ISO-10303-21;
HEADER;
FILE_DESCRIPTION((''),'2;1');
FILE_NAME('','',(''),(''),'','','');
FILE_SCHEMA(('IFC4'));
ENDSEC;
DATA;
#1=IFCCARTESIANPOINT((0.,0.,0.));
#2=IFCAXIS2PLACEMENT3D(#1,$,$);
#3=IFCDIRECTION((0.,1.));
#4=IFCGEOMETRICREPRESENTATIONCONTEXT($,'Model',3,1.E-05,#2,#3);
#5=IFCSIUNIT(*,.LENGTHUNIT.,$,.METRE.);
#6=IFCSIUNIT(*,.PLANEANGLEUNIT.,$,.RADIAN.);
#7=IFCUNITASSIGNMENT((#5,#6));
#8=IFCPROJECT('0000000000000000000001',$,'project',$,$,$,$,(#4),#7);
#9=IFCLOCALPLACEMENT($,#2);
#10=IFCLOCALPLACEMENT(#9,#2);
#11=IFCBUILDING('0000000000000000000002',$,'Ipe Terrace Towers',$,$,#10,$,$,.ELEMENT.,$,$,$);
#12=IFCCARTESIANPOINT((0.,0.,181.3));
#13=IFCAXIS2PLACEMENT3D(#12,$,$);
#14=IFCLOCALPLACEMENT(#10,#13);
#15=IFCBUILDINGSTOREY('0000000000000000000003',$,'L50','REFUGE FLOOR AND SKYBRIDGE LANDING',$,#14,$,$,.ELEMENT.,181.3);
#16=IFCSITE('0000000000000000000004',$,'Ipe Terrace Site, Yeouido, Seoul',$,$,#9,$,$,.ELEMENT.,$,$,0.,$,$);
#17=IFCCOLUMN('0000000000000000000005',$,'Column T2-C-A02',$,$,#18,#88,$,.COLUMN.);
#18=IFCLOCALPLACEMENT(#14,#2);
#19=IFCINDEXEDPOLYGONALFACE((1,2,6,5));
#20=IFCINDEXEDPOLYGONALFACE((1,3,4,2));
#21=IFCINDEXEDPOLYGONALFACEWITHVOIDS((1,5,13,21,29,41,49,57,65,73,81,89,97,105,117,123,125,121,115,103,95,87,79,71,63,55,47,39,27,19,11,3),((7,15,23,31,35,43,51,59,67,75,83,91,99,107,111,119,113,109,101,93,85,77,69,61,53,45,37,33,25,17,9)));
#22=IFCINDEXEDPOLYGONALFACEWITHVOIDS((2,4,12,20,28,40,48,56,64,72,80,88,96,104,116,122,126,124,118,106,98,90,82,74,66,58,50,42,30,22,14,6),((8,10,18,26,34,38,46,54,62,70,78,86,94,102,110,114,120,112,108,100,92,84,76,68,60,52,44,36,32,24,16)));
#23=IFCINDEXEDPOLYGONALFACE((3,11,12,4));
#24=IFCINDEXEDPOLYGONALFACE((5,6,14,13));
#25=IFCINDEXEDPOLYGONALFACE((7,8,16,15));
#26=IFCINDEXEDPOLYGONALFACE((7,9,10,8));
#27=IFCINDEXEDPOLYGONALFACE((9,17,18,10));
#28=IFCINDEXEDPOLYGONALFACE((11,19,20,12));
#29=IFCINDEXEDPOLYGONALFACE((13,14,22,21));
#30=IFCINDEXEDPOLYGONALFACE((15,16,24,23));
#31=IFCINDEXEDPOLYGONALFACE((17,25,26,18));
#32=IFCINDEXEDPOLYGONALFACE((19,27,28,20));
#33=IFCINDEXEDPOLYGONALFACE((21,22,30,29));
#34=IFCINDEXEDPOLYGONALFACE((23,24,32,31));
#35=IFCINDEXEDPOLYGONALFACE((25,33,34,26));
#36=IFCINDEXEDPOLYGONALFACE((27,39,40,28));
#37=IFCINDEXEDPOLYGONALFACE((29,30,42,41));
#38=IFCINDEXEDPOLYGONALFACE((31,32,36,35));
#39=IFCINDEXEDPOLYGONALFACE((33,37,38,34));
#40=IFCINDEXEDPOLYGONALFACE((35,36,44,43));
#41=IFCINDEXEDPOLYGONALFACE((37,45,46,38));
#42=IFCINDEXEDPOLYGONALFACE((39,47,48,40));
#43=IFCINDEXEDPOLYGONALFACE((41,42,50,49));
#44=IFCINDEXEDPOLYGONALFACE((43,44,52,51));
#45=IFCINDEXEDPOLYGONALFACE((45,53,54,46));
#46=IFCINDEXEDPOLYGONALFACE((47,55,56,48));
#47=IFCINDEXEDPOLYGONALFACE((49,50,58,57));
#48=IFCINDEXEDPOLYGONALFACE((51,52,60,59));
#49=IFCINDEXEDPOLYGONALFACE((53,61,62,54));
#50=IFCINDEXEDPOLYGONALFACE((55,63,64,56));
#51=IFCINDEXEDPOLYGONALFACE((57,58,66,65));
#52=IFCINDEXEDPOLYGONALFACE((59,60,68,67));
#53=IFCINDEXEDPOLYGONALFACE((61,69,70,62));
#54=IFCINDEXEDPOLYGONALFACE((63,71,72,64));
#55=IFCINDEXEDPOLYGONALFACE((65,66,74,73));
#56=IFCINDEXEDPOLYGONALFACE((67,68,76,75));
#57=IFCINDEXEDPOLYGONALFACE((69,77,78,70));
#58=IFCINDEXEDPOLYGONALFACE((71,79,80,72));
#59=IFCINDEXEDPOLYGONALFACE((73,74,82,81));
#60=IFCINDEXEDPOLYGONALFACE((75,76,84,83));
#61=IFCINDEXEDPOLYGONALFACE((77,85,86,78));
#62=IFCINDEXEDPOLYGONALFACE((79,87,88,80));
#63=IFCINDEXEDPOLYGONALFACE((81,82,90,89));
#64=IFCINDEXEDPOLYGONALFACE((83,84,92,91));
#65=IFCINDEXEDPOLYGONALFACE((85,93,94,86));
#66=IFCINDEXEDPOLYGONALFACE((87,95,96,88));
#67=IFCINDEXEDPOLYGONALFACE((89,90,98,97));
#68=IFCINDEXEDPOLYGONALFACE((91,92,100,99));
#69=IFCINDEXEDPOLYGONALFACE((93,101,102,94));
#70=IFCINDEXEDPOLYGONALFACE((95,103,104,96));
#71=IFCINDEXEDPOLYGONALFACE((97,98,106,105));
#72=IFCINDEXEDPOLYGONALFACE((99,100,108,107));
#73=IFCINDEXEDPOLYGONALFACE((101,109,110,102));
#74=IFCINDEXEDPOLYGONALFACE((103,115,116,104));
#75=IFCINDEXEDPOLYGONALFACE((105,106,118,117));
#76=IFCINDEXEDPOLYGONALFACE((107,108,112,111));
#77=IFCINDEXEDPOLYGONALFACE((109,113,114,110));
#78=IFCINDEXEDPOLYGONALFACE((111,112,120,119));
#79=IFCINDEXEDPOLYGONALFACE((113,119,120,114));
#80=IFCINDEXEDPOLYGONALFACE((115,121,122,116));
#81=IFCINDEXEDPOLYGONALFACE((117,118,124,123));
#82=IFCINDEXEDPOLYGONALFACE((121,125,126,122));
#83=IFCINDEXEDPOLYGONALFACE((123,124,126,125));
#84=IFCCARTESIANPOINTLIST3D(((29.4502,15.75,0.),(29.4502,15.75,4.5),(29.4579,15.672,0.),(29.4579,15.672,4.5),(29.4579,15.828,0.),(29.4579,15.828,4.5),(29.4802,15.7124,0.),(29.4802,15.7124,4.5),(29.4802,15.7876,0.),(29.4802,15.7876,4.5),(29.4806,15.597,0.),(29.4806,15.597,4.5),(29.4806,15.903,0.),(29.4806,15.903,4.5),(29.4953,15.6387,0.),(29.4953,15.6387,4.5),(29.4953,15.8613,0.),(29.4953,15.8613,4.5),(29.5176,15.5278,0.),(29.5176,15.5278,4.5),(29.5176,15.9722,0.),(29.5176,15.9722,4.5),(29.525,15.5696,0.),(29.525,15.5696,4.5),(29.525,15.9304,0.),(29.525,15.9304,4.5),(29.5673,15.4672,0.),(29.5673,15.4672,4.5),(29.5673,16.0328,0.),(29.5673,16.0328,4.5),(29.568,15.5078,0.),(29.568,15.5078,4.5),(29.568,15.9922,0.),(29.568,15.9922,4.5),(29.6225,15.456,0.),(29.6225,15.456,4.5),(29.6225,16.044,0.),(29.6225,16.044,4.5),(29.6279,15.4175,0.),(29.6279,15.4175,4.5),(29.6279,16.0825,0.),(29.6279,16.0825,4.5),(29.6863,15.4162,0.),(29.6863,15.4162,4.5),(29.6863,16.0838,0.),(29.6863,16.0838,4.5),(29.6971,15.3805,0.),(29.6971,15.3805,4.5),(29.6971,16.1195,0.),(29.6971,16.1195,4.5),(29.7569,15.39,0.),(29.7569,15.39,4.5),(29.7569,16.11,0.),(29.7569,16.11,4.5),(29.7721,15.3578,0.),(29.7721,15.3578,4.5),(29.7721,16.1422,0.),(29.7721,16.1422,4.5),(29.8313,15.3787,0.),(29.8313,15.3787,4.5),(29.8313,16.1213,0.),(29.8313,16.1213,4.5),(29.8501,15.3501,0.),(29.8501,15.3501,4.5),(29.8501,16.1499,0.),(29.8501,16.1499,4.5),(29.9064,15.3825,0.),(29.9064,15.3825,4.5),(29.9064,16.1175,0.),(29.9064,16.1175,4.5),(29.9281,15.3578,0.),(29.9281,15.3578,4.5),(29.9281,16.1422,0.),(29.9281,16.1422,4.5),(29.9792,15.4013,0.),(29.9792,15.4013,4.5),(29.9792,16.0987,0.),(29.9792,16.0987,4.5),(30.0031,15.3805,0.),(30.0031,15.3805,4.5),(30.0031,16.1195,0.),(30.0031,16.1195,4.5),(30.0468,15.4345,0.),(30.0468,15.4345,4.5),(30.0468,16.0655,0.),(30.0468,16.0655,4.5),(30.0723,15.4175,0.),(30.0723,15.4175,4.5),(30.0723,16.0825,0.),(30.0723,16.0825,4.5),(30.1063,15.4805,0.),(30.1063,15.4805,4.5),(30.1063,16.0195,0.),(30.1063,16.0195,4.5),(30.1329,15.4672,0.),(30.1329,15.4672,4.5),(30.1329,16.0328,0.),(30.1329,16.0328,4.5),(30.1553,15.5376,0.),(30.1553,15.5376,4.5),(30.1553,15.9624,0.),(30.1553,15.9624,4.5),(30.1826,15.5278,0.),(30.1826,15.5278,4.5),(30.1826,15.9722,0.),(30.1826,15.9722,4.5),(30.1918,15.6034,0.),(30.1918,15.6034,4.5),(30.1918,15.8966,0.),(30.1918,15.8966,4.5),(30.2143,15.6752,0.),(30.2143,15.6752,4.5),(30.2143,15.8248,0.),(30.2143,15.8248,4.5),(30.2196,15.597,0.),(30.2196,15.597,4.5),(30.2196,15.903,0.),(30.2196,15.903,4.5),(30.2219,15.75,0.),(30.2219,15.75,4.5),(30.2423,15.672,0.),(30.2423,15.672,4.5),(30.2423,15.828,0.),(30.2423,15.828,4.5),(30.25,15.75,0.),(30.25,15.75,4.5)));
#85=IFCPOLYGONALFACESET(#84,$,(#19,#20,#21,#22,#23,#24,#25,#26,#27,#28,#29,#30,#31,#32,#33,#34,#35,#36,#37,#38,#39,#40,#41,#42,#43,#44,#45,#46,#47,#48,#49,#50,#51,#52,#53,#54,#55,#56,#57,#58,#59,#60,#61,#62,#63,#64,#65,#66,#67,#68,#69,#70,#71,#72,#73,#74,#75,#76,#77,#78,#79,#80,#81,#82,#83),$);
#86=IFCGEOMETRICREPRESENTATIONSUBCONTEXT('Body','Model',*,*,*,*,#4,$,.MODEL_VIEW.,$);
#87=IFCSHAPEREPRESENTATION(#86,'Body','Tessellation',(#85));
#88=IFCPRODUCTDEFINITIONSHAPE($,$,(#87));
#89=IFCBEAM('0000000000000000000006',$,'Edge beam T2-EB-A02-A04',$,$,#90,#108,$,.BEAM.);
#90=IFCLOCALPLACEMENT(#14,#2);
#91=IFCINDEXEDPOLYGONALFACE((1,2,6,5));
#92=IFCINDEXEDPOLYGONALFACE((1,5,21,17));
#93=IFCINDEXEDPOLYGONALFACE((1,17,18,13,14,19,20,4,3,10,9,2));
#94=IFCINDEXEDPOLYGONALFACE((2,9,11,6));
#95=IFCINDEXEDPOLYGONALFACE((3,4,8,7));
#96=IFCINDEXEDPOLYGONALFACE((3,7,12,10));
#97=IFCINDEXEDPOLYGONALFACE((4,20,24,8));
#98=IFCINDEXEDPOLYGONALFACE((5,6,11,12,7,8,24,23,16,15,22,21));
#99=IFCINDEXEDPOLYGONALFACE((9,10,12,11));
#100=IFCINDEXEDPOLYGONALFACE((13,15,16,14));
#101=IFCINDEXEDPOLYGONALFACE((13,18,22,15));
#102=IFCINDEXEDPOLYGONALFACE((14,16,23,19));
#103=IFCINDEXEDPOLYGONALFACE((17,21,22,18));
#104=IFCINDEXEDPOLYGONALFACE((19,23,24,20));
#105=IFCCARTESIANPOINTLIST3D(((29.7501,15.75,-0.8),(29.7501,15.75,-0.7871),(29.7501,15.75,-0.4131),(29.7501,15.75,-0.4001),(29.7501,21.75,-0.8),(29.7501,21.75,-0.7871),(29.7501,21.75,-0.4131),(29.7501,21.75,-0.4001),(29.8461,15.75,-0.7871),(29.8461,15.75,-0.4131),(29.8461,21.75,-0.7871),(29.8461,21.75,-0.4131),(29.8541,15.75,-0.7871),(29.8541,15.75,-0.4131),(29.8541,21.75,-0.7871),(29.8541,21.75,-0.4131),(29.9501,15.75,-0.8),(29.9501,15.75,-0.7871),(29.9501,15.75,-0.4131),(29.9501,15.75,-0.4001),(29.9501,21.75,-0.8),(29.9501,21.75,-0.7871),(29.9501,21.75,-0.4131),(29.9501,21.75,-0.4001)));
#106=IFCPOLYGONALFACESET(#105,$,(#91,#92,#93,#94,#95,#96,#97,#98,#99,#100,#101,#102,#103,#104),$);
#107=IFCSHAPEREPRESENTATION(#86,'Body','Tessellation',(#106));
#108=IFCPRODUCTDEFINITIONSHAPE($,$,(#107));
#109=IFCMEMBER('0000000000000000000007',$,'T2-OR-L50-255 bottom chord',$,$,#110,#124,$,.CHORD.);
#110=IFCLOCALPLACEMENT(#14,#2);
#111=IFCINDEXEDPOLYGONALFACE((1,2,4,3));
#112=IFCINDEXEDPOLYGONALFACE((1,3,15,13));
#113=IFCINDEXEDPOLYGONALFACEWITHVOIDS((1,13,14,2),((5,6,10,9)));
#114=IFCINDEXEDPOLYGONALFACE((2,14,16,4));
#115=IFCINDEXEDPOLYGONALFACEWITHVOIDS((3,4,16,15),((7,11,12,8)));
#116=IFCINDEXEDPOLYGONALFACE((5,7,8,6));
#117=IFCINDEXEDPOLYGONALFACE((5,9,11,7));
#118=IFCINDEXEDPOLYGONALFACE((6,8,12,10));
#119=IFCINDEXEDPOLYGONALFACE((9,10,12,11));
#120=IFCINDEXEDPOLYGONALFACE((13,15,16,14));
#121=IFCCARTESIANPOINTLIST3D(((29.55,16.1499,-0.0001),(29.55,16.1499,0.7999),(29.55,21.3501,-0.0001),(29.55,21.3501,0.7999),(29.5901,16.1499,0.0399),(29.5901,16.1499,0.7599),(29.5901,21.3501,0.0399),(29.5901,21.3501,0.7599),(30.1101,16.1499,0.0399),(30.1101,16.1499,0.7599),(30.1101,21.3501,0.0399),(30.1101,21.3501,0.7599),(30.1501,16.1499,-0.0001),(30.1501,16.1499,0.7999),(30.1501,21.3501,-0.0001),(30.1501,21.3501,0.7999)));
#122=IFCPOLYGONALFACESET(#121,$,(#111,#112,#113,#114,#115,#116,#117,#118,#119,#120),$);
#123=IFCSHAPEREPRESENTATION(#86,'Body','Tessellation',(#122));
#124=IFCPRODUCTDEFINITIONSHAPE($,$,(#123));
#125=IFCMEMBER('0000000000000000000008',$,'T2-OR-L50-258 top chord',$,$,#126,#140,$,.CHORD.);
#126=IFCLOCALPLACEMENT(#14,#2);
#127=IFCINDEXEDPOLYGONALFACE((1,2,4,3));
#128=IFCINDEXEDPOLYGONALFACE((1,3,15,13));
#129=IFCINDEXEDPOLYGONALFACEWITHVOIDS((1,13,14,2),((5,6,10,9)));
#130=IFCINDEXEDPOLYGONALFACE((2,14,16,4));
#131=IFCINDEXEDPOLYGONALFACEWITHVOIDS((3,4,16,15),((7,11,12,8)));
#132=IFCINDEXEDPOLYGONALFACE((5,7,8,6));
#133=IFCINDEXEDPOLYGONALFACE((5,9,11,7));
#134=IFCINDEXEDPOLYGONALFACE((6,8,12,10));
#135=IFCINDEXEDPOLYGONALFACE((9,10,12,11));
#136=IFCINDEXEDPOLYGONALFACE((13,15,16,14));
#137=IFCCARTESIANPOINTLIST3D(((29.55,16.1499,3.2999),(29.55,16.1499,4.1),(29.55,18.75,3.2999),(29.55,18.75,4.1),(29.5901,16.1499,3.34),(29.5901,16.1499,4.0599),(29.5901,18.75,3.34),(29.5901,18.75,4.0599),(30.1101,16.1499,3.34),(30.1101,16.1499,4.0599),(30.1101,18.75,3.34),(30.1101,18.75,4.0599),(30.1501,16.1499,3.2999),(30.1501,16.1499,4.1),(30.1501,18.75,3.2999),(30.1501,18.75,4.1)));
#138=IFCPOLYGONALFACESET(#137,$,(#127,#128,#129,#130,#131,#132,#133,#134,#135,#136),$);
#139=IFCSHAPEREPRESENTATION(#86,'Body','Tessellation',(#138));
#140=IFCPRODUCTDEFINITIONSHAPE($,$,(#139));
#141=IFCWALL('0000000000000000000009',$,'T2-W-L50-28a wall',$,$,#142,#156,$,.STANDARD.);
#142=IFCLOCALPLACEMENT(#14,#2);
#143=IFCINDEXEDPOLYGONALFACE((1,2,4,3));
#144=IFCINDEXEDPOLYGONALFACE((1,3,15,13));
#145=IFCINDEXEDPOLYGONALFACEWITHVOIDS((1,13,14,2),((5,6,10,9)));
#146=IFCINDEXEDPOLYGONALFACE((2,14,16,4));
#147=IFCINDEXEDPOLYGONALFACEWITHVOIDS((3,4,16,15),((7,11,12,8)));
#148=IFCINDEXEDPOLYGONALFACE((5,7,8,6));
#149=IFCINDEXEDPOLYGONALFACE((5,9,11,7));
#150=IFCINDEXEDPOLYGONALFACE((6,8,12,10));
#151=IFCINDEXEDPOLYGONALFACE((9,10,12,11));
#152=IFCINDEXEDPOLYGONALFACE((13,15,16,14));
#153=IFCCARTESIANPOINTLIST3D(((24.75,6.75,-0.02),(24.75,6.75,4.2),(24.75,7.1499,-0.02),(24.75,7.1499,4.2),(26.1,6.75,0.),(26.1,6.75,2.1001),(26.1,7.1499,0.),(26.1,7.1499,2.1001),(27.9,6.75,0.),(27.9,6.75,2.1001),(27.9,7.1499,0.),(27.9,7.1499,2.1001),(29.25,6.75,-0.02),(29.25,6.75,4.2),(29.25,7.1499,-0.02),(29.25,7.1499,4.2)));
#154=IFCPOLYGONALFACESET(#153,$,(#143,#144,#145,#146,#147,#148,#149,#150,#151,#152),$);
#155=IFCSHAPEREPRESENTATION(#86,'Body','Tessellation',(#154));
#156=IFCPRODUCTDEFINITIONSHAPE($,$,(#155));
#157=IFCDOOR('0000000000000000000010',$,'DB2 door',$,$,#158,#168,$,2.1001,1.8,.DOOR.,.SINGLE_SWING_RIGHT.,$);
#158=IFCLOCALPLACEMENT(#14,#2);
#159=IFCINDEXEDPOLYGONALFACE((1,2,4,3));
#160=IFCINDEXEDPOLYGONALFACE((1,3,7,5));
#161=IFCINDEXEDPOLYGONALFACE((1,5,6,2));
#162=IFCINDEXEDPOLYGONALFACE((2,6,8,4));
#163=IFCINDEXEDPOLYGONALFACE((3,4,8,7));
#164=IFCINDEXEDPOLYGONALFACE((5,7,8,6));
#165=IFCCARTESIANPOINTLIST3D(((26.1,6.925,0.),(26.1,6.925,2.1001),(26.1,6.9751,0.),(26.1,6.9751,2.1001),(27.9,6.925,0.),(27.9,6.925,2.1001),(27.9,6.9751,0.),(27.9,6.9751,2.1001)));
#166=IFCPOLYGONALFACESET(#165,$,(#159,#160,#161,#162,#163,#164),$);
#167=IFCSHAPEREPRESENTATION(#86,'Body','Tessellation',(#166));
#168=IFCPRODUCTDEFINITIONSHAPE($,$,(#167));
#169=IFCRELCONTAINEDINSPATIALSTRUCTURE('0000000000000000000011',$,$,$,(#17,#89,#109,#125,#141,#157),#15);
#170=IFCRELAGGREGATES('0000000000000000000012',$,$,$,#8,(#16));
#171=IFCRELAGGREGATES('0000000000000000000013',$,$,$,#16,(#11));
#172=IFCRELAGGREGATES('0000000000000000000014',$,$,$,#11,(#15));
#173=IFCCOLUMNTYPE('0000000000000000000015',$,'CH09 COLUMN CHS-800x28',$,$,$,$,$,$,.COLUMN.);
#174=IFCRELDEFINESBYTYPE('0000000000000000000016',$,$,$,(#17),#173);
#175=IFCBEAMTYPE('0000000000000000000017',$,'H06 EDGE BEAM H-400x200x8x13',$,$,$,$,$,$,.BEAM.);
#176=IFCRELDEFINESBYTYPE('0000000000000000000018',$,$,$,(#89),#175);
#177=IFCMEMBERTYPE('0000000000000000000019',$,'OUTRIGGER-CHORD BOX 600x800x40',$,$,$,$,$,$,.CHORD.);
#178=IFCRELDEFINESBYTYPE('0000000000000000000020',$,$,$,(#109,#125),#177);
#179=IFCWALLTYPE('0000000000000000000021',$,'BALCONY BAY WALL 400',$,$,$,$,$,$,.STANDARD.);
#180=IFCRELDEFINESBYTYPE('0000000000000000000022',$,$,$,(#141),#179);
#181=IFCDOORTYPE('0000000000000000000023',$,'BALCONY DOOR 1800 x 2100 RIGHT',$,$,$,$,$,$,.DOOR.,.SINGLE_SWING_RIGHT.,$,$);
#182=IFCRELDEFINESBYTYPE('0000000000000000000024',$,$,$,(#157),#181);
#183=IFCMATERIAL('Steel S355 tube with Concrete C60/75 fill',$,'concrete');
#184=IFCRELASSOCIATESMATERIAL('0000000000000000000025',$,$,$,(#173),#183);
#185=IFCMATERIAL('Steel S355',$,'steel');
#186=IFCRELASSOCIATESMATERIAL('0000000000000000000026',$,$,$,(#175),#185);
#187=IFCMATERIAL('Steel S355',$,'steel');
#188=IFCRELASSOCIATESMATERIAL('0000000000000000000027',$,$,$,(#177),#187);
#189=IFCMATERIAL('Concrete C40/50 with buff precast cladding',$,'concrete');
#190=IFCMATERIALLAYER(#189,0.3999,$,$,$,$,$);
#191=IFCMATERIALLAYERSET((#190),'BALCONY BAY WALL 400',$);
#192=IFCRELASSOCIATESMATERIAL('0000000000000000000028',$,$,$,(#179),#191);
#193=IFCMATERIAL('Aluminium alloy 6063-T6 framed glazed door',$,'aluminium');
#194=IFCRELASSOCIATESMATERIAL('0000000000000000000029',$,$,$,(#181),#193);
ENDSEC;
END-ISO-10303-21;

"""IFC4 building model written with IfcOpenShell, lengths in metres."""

from ifc_helpers import new_model, si_unit, direction, frame, frame_2d, origin, origin_2d, place, context, subcontext, project, spatial, rectangle, hollow_rectangle, hollow_circle, i_section, extrude, material, layer, layer_set, material_profile, profile_set, type_object, element, fill, save


model = new_model("IFC4")

# Units and contexts
model_context = context("Model", 3, precision=1e-05, world=origin(), true_north=direction((0.0, 1.0)))
body_context = subcontext(model_context, "Body", "Model", "MODEL_VIEW")
ifc_project = project(units=[si_unit("LENGTHUNIT", "METRE"), si_unit("PLANEANGLEUNIT", "RADIAN")], contexts=[model_context])

# Site, building, storey
site_placement = place(None, origin())
site = spatial("IfcSite", under=ifc_project, at=site_placement, Name="Ipe Terrace Site, Yeouido, Seoul", CompositionType="ELEMENT", RefElevation=0.0)
building_placement = place(site_placement, origin())
building = spatial("IfcBuilding", under=site, at=building_placement, Name="Ipe Terrace Towers", CompositionType="ELEMENT")
storey_placement = place(building_placement, frame((0.0, 0.0, 181.3)))
storey = spatial("IfcBuildingStorey", under=building, at=storey_placement, Name="L50", Description="REFUGE FLOOR AND SKYBRIDGE LANDING", CompositionType="ELEMENT", Elevation=181.3)

# Column
ifc_material_1 = material(Name="Steel S355 tube with Concrete C60/75 fill", Category="concrete")
ifc_material_profile_1 = material_profile(ifc_material_1, hollow_circle(Radius=0.3999, WallThickness=0.0281, at=origin_2d()), Name="CHS-800x28")
ifc_profile_set_1 = profile_set([ifc_material_profile_1], Name="Steel S355 tube with Concrete C60/75 fill")
column_type = type_object("IfcColumnType", Name="CH09 COLUMN CHS-800x28", PredefinedType="COLUMN", material=ifc_profile_set_1)
column_placement = place(storey_placement, frame((29.8501, 15.75, 0.0), z_axis=(0.0, 0.0, 1.0), x_axis=(1.0, 0.0, 0.0)))
element("IfcColumn", 1, at=column_placement, inside=storey, type_object=column_type, Name="Column T2-C-A02", PredefinedType="COLUMN", context=body_context, shape_type="SweptSolid", body=[
    extrude(hollow_circle(Radius=0.3999, WallThickness=0.0281, at=origin_2d()), origin(), (0.0, 0.0, 1.0), 4.5),
])

# Beam
ifc_material_2 = material(Name="Steel S355", Category="steel")
ifc_material_profile_2 = material_profile(ifc_material_2, i_section(OverallWidth=0.2, OverallDepth=0.3999, WebThickness=0.0081, FlangeThickness=0.0129, at=origin_2d()), Name="H-400x200x8x13")
ifc_profile_set_2 = profile_set([ifc_material_profile_2], Name="Steel S355")
beam_type = type_object("IfcBeamType", Name="H06 EDGE BEAM H-400x200x8x13", PredefinedType="BEAM", material=ifc_profile_set_2)
beam_placement = place(storey_placement, frame((29.8501, 15.75, -0.6001), z_axis=(0.0, 1.0, 0.0), x_axis=(-1.0, 0.0, 0.0)))
element("IfcBeam", 2, at=beam_placement, inside=storey, type_object=beam_type, Name="Edge beam T2-EB-A02-A04", PredefinedType="BEAM", context=body_context, shape_type="SweptSolid", body=[
    extrude(i_section(OverallWidth=0.2, OverallDepth=0.3999, WebThickness=0.0081, FlangeThickness=0.0129, at=origin_2d()), origin(), (0.0, 0.0, 1.0), 6.0),
])

# Members
ifc_material_3 = material(Name="Steel S355", Category="steel")
ifc_material_profile_3 = material_profile(ifc_material_3, hollow_rectangle(XDim=0.6001, YDim=0.8, WallThickness=0.04, at=origin_2d()), Name="OUTRIGGER-CHORD BOX 600x800x40")
ifc_profile_set_3 = profile_set([ifc_material_profile_3], Name="Steel S355")
member_type = type_object("IfcMemberType", Name="OUTRIGGER-CHORD BOX 600x800x40", PredefinedType="CHORD", material=ifc_profile_set_3)
member_1_placement = place(storey_placement, frame((29.8501, 16.1499, 0.3999), z_axis=(0.0, 1.0, 0.0), x_axis=(-1.0, 0.0, 0.0)))
element("IfcMember", 3, at=member_1_placement, inside=storey, type_object=member_type, Name="T2-OR-L50-255 bottom chord", PredefinedType="CHORD", context=body_context, shape_type="SweptSolid", body=[
    extrude(hollow_rectangle(XDim=0.6001, YDim=0.8, WallThickness=0.04, at=origin_2d()), origin(), (0.0, 0.0, 1.0), 5.2002),
])
member_2_placement = place(storey_placement, frame((29.8501, 16.1499, 3.7), z_axis=(0.0, 1.0, 0.0), x_axis=(-1.0, 0.0, 0.0)))
element("IfcMember", 4, at=member_2_placement, inside=storey, type_object=member_type, Name="T2-OR-L50-258 top chord", PredefinedType="CHORD", context=body_context, shape_type="SweptSolid", body=[
    extrude(hollow_rectangle(XDim=0.6001, YDim=0.8, WallThickness=0.04, at=origin_2d()), origin(), (0.0, 0.0, 1.0), 2.6001),
])

# Wall, opening, door
ifc_material_4 = material(Name="Concrete C40/50 with buff precast cladding", Category="concrete")
ifc_layer_1 = layer(ifc_material_4, 0.3999)
ifc_layer_set_1 = layer_set([ifc_layer_1], Name="BALCONY BAY WALL 400")
wall_type_1 = type_object("IfcWallType", Name="BALCONY BAY WALL 400", PredefinedType="STANDARD", material=ifc_layer_set_1)
wall_1_placement = place(storey_placement, frame((29.25, 6.95, -0.02), z_axis=(0.0, 0.0, 1.0), x_axis=(-1.0, 0.0, 0.0)))
wall_1 = element("IfcWall", 5, at=wall_1_placement, inside=storey, type_object=wall_type_1, Name="T2-W-L50-28a wall", PredefinedType="STANDARD", context=body_context, shape_type="SweptSolid", body=[
    extrude(rectangle(XDim=4.5, YDim=0.3999, at=frame_2d((2.25, 0.0))), origin(), (0.0, 0.0, 1.0), 4.22),
])
opening_1_placement = place(wall_1_placement, frame((1.3501, 0.0, 0.02)))
opening_1 = element("IfcOpeningElement", 6, at=opening_1_placement, cuts=wall_1, PredefinedType="OPENING", context=body_context, shape_type="SweptSolid", body=[
    extrude(rectangle(XDim=1.8, YDim=2.1001, at=frame_2d((0.8999, 1.05))), frame((0.0, 0.21, 0.0), z_axis=(0.0, -1.0, 0.0), x_axis=(1.0, 0.0, 0.0)), (0.0, 0.0, 1.0), 0.4199),
])
ifc_material_5 = material(Name="Aluminium alloy 6063-T6 framed glazed door", Category="aluminium")
door_type_1 = type_object("IfcDoorType", Name="BALCONY DOOR 1800 x 2100 RIGHT", OperationType="SINGLE_SWING_RIGHT", PredefinedType="DOOR", material=ifc_material_5)
door_1_placement = place(opening_1_placement, origin())
door_1 = element("IfcDoor", 7, at=door_1_placement, inside=storey, type_object=door_type_1, Name="DB2 door", OperationType="SINGLE_SWING_RIGHT", OverallHeight=2.1001, OverallWidth=1.8, PredefinedType="DOOR", context=body_context, shape_type="SweptSolid", body=[
    extrude(rectangle(XDim=1.8, YDim=2.1001, at=frame_2d((0.8999, 1.05))), frame((0.0, 0.0249, 0.0), z_axis=(0.0, -1.0, 0.0), x_axis=(1.0, 0.0, 0.0)), (0.0, 0.0, 1.0), 0.05),
])
fill(opening_1, door_1)

save(model, "model.ifc")
